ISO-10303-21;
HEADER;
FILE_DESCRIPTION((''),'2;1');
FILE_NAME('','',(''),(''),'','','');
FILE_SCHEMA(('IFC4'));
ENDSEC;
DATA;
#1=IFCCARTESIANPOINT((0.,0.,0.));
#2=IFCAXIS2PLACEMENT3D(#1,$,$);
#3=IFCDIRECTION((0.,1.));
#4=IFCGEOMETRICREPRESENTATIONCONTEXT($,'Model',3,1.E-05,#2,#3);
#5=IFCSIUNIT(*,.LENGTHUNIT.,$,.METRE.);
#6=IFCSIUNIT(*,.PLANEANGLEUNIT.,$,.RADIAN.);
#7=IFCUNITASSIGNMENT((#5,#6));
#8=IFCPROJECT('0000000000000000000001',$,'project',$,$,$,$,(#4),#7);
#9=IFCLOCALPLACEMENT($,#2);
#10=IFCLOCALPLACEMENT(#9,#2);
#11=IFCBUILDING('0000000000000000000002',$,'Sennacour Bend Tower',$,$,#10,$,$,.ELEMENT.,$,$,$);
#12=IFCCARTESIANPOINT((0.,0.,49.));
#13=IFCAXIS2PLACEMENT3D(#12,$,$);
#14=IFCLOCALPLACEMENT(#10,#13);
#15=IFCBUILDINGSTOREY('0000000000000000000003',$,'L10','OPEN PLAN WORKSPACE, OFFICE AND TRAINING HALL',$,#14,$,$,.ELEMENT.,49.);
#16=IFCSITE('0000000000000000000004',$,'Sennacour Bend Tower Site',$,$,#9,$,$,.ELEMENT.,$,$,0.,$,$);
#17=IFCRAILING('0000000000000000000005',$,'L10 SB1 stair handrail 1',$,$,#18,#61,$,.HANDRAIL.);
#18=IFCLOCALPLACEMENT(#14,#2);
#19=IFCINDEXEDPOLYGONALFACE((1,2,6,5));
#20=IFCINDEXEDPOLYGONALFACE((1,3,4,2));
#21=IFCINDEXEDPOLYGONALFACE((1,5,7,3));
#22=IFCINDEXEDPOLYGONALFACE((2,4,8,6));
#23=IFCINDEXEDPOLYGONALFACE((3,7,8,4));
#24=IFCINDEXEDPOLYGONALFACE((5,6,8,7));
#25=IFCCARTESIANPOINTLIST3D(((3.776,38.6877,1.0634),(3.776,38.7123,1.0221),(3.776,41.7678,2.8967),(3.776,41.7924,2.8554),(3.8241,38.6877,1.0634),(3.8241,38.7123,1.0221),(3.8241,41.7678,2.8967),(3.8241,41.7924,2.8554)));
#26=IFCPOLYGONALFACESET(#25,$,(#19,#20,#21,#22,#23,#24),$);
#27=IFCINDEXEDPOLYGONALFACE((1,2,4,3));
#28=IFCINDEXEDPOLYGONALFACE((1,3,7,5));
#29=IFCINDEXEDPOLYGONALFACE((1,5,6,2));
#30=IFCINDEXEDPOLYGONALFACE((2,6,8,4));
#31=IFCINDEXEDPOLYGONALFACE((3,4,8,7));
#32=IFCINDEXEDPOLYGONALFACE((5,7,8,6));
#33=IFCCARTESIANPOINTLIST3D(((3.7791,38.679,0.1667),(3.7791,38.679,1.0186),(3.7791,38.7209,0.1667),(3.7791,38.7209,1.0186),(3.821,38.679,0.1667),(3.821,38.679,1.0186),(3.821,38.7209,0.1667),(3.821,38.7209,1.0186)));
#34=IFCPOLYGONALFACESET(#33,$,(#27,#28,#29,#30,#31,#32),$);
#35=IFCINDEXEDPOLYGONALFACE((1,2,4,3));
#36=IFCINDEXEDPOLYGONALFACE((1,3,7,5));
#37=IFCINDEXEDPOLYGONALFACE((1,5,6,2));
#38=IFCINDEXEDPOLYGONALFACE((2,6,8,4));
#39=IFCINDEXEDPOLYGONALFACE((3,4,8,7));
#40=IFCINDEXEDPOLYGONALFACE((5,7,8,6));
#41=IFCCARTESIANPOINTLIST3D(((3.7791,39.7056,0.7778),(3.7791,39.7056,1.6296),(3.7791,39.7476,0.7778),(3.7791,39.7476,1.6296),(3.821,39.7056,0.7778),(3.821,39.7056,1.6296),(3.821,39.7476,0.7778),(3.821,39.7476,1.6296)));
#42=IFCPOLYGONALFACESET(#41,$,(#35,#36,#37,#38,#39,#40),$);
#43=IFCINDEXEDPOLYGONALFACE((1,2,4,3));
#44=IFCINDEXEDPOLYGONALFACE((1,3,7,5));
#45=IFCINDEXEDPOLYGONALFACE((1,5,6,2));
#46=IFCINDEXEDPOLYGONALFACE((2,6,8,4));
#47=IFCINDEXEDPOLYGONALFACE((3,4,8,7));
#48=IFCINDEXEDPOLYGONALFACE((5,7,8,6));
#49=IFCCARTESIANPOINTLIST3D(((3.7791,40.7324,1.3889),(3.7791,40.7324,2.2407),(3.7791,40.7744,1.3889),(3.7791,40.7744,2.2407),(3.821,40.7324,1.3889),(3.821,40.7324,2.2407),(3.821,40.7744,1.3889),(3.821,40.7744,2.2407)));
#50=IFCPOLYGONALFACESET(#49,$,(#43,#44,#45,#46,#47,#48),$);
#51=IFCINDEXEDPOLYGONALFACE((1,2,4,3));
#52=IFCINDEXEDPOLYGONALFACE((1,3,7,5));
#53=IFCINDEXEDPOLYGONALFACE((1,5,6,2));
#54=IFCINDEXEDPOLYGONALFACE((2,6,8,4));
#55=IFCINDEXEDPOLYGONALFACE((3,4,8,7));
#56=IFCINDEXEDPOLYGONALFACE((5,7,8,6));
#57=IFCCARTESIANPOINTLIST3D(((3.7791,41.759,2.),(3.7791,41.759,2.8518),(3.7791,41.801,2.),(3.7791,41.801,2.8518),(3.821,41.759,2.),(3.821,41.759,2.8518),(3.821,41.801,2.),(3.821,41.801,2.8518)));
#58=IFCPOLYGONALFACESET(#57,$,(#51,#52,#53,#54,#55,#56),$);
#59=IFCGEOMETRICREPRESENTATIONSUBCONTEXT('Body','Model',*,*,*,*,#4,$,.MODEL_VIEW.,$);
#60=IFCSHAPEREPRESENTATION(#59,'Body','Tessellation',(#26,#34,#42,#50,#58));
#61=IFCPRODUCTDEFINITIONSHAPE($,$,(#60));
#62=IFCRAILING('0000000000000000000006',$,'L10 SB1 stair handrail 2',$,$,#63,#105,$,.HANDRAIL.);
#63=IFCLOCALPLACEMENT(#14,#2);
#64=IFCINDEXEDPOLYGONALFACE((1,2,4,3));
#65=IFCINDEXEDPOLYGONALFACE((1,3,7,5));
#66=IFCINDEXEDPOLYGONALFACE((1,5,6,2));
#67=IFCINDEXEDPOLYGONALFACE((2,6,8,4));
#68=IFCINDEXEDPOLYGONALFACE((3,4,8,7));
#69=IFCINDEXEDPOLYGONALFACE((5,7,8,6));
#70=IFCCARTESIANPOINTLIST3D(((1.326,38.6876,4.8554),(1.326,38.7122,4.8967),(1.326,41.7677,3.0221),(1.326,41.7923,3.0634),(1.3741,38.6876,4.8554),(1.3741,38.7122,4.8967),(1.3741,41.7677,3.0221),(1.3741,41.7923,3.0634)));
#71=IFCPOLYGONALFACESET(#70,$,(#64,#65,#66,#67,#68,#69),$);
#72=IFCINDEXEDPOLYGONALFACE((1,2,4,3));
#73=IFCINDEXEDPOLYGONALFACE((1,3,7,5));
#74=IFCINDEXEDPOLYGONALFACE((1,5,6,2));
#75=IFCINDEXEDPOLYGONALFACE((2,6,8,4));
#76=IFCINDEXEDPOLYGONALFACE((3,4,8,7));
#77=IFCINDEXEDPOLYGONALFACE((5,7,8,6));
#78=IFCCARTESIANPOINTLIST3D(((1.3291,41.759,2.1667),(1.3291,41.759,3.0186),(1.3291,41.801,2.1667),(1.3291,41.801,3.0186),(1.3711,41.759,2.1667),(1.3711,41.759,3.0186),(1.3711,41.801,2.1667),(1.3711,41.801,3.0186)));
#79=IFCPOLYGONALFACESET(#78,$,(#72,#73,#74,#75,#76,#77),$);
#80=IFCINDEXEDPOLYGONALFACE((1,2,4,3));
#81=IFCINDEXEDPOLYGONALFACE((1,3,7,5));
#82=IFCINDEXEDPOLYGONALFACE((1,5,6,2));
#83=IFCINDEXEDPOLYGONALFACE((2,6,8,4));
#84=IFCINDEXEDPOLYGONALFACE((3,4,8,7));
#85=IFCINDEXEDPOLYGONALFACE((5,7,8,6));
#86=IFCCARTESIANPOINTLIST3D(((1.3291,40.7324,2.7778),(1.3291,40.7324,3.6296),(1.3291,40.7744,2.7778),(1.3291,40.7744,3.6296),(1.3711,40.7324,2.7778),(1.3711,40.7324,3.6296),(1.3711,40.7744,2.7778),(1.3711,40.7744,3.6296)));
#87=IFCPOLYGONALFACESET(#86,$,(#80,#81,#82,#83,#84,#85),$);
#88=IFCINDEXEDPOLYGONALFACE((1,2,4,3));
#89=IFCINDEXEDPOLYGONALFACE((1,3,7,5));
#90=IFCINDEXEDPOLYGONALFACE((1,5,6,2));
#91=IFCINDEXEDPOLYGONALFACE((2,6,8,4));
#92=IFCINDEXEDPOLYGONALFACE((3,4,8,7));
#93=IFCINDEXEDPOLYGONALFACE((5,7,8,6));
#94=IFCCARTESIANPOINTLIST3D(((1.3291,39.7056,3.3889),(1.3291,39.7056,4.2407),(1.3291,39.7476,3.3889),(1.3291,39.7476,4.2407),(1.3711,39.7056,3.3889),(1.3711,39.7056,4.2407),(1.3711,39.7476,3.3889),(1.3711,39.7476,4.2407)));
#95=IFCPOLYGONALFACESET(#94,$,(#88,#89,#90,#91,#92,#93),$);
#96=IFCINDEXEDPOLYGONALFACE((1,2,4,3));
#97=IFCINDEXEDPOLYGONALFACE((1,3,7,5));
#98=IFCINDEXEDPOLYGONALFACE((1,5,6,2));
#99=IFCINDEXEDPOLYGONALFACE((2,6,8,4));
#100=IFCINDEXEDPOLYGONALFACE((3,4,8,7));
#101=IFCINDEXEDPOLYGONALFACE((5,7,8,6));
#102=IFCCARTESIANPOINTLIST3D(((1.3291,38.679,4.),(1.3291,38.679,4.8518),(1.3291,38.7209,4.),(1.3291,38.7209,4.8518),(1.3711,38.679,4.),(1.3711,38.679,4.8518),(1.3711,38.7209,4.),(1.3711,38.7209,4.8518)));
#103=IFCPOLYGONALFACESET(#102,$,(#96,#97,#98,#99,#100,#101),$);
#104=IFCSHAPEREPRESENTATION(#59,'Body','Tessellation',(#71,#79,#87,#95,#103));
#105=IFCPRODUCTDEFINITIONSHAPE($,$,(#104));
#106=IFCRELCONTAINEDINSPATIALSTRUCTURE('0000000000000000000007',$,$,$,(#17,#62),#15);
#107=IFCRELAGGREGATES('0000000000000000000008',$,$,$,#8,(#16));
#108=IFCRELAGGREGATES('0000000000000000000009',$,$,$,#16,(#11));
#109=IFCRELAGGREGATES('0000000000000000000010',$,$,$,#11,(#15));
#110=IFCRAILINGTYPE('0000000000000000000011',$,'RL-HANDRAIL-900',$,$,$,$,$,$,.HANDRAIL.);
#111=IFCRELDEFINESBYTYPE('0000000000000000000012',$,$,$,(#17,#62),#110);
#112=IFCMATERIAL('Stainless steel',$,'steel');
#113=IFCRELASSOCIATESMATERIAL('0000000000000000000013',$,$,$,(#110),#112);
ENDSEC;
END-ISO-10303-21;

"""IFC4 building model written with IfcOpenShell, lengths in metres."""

from ifc_helpers import new_model, si_unit, direction, frame, origin, origin_2d, place, context, subcontext, project, spatial, rectangle, extrude, material, type_object, element, save


model = new_model("IFC4")

# Units and contexts
model_context = context("Model", 3, precision=1e-05, world=origin(), true_north=direction((0.0, 1.0)))
body_context = subcontext(model_context, "Body", "Model", "MODEL_VIEW")
ifc_project = project(units=[si_unit("LENGTHUNIT", "METRE"), si_unit("PLANEANGLEUNIT", "RADIAN")], contexts=[model_context])

# Site, building, storey
site_placement = place(None, origin())
site = spatial("IfcSite", under=ifc_project, at=site_placement, Name="Sennacour Bend Tower Site", CompositionType="ELEMENT", RefElevation=0.0)
building_placement = place(site_placement, origin())
building = spatial("IfcBuilding", under=site, at=building_placement, Name="Sennacour Bend Tower", CompositionType="ELEMENT")
storey_placement = place(building_placement, frame((0.0, 0.0, 49.0)))
storey = spatial("IfcBuildingStorey", under=building, at=storey_placement, Name="L10", Description="OPEN PLAN WORKSPACE, OFFICE AND TRAINING HALL", CompositionType="ELEMENT", Elevation=49.0)

# Railings
ifc_material_1 = material(Name="Stainless steel", Category="steel")
railing_type_1 = type_object("IfcRailingType", Name="RL-HANDRAIL-900", PredefinedType="HANDRAIL", material=ifc_material_1)
railing_1_placement = place(storey_placement, frame((3.8, 38.7, 0.1667)))
element("IfcRailing", 1, at=railing_1_placement, inside=storey, type_object=railing_type_1, Name="L10 SB1 stair handrail 1", PredefinedType="HANDRAIL", context=body_context, shape_type="SweptSolid", body=[
    extrude(rectangle(XDim=0.0481, YDim=0.0481, at=origin_2d()), frame((0.0, 0.0, 0.876), z_axis=(0.0, 0.859309, 0.511458), x_axis=(-1.0, 0.0, 0.0)), (0.0, 0.0, 1.0), 3.5845),
    extrude(rectangle(XDim=0.042, YDim=0.042, at=origin_2d()), origin(), (0.0, 0.0, 1.0), 0.8518),
    extrude(rectangle(XDim=0.042, YDim=0.042, at=origin_2d()), frame((0.0, 1.0266, 0.6111)), (0.0, 0.0, 1.0), 0.8518),
    extrude(rectangle(XDim=0.042, YDim=0.042, at=origin_2d()), frame((0.0, 2.0535, 1.2222)), (0.0, 0.0, 1.0), 0.8518),
    extrude(rectangle(XDim=0.042, YDim=0.042, at=origin_2d()), frame((0.0, 3.0801, 1.8333)), (0.0, 0.0, 1.0), 0.8518),
])
railing_2_placement = place(storey_placement, frame((1.3501, 41.78, 2.1667)))
element("IfcRailing", 2, at=railing_2_placement, inside=storey, type_object=railing_type_1, Name="L10 SB1 stair handrail 2", PredefinedType="HANDRAIL", context=body_context, shape_type="SweptSolid", body=[
    extrude(rectangle(XDim=0.0481, YDim=0.0481, at=origin_2d()), frame((0.0, 0.0, 0.876), z_axis=(0.0, -0.859309, 0.511458), x_axis=(1.0, 0.0, 0.0)), (0.0, 0.0, 1.0), 3.5845),
    extrude(rectangle(XDim=0.042, YDim=0.042, at=origin_2d()), origin(), (0.0, 0.0, 1.0), 0.8518),
    extrude(rectangle(XDim=0.042, YDim=0.042, at=origin_2d()), frame((0.0, -1.0266, 0.6111)), (0.0, 0.0, 1.0), 0.8518),
    extrude(rectangle(XDim=0.042, YDim=0.042, at=origin_2d()), frame((0.0, -2.0535, 1.2222)), (0.0, 0.0, 1.0), 0.8518),
    extrude(rectangle(XDim=0.042, YDim=0.042, at=origin_2d()), frame((0.0, -3.0801, 1.8333)), (0.0, 0.0, 1.0), 0.8518),
])

save(model, "model.ifc")
